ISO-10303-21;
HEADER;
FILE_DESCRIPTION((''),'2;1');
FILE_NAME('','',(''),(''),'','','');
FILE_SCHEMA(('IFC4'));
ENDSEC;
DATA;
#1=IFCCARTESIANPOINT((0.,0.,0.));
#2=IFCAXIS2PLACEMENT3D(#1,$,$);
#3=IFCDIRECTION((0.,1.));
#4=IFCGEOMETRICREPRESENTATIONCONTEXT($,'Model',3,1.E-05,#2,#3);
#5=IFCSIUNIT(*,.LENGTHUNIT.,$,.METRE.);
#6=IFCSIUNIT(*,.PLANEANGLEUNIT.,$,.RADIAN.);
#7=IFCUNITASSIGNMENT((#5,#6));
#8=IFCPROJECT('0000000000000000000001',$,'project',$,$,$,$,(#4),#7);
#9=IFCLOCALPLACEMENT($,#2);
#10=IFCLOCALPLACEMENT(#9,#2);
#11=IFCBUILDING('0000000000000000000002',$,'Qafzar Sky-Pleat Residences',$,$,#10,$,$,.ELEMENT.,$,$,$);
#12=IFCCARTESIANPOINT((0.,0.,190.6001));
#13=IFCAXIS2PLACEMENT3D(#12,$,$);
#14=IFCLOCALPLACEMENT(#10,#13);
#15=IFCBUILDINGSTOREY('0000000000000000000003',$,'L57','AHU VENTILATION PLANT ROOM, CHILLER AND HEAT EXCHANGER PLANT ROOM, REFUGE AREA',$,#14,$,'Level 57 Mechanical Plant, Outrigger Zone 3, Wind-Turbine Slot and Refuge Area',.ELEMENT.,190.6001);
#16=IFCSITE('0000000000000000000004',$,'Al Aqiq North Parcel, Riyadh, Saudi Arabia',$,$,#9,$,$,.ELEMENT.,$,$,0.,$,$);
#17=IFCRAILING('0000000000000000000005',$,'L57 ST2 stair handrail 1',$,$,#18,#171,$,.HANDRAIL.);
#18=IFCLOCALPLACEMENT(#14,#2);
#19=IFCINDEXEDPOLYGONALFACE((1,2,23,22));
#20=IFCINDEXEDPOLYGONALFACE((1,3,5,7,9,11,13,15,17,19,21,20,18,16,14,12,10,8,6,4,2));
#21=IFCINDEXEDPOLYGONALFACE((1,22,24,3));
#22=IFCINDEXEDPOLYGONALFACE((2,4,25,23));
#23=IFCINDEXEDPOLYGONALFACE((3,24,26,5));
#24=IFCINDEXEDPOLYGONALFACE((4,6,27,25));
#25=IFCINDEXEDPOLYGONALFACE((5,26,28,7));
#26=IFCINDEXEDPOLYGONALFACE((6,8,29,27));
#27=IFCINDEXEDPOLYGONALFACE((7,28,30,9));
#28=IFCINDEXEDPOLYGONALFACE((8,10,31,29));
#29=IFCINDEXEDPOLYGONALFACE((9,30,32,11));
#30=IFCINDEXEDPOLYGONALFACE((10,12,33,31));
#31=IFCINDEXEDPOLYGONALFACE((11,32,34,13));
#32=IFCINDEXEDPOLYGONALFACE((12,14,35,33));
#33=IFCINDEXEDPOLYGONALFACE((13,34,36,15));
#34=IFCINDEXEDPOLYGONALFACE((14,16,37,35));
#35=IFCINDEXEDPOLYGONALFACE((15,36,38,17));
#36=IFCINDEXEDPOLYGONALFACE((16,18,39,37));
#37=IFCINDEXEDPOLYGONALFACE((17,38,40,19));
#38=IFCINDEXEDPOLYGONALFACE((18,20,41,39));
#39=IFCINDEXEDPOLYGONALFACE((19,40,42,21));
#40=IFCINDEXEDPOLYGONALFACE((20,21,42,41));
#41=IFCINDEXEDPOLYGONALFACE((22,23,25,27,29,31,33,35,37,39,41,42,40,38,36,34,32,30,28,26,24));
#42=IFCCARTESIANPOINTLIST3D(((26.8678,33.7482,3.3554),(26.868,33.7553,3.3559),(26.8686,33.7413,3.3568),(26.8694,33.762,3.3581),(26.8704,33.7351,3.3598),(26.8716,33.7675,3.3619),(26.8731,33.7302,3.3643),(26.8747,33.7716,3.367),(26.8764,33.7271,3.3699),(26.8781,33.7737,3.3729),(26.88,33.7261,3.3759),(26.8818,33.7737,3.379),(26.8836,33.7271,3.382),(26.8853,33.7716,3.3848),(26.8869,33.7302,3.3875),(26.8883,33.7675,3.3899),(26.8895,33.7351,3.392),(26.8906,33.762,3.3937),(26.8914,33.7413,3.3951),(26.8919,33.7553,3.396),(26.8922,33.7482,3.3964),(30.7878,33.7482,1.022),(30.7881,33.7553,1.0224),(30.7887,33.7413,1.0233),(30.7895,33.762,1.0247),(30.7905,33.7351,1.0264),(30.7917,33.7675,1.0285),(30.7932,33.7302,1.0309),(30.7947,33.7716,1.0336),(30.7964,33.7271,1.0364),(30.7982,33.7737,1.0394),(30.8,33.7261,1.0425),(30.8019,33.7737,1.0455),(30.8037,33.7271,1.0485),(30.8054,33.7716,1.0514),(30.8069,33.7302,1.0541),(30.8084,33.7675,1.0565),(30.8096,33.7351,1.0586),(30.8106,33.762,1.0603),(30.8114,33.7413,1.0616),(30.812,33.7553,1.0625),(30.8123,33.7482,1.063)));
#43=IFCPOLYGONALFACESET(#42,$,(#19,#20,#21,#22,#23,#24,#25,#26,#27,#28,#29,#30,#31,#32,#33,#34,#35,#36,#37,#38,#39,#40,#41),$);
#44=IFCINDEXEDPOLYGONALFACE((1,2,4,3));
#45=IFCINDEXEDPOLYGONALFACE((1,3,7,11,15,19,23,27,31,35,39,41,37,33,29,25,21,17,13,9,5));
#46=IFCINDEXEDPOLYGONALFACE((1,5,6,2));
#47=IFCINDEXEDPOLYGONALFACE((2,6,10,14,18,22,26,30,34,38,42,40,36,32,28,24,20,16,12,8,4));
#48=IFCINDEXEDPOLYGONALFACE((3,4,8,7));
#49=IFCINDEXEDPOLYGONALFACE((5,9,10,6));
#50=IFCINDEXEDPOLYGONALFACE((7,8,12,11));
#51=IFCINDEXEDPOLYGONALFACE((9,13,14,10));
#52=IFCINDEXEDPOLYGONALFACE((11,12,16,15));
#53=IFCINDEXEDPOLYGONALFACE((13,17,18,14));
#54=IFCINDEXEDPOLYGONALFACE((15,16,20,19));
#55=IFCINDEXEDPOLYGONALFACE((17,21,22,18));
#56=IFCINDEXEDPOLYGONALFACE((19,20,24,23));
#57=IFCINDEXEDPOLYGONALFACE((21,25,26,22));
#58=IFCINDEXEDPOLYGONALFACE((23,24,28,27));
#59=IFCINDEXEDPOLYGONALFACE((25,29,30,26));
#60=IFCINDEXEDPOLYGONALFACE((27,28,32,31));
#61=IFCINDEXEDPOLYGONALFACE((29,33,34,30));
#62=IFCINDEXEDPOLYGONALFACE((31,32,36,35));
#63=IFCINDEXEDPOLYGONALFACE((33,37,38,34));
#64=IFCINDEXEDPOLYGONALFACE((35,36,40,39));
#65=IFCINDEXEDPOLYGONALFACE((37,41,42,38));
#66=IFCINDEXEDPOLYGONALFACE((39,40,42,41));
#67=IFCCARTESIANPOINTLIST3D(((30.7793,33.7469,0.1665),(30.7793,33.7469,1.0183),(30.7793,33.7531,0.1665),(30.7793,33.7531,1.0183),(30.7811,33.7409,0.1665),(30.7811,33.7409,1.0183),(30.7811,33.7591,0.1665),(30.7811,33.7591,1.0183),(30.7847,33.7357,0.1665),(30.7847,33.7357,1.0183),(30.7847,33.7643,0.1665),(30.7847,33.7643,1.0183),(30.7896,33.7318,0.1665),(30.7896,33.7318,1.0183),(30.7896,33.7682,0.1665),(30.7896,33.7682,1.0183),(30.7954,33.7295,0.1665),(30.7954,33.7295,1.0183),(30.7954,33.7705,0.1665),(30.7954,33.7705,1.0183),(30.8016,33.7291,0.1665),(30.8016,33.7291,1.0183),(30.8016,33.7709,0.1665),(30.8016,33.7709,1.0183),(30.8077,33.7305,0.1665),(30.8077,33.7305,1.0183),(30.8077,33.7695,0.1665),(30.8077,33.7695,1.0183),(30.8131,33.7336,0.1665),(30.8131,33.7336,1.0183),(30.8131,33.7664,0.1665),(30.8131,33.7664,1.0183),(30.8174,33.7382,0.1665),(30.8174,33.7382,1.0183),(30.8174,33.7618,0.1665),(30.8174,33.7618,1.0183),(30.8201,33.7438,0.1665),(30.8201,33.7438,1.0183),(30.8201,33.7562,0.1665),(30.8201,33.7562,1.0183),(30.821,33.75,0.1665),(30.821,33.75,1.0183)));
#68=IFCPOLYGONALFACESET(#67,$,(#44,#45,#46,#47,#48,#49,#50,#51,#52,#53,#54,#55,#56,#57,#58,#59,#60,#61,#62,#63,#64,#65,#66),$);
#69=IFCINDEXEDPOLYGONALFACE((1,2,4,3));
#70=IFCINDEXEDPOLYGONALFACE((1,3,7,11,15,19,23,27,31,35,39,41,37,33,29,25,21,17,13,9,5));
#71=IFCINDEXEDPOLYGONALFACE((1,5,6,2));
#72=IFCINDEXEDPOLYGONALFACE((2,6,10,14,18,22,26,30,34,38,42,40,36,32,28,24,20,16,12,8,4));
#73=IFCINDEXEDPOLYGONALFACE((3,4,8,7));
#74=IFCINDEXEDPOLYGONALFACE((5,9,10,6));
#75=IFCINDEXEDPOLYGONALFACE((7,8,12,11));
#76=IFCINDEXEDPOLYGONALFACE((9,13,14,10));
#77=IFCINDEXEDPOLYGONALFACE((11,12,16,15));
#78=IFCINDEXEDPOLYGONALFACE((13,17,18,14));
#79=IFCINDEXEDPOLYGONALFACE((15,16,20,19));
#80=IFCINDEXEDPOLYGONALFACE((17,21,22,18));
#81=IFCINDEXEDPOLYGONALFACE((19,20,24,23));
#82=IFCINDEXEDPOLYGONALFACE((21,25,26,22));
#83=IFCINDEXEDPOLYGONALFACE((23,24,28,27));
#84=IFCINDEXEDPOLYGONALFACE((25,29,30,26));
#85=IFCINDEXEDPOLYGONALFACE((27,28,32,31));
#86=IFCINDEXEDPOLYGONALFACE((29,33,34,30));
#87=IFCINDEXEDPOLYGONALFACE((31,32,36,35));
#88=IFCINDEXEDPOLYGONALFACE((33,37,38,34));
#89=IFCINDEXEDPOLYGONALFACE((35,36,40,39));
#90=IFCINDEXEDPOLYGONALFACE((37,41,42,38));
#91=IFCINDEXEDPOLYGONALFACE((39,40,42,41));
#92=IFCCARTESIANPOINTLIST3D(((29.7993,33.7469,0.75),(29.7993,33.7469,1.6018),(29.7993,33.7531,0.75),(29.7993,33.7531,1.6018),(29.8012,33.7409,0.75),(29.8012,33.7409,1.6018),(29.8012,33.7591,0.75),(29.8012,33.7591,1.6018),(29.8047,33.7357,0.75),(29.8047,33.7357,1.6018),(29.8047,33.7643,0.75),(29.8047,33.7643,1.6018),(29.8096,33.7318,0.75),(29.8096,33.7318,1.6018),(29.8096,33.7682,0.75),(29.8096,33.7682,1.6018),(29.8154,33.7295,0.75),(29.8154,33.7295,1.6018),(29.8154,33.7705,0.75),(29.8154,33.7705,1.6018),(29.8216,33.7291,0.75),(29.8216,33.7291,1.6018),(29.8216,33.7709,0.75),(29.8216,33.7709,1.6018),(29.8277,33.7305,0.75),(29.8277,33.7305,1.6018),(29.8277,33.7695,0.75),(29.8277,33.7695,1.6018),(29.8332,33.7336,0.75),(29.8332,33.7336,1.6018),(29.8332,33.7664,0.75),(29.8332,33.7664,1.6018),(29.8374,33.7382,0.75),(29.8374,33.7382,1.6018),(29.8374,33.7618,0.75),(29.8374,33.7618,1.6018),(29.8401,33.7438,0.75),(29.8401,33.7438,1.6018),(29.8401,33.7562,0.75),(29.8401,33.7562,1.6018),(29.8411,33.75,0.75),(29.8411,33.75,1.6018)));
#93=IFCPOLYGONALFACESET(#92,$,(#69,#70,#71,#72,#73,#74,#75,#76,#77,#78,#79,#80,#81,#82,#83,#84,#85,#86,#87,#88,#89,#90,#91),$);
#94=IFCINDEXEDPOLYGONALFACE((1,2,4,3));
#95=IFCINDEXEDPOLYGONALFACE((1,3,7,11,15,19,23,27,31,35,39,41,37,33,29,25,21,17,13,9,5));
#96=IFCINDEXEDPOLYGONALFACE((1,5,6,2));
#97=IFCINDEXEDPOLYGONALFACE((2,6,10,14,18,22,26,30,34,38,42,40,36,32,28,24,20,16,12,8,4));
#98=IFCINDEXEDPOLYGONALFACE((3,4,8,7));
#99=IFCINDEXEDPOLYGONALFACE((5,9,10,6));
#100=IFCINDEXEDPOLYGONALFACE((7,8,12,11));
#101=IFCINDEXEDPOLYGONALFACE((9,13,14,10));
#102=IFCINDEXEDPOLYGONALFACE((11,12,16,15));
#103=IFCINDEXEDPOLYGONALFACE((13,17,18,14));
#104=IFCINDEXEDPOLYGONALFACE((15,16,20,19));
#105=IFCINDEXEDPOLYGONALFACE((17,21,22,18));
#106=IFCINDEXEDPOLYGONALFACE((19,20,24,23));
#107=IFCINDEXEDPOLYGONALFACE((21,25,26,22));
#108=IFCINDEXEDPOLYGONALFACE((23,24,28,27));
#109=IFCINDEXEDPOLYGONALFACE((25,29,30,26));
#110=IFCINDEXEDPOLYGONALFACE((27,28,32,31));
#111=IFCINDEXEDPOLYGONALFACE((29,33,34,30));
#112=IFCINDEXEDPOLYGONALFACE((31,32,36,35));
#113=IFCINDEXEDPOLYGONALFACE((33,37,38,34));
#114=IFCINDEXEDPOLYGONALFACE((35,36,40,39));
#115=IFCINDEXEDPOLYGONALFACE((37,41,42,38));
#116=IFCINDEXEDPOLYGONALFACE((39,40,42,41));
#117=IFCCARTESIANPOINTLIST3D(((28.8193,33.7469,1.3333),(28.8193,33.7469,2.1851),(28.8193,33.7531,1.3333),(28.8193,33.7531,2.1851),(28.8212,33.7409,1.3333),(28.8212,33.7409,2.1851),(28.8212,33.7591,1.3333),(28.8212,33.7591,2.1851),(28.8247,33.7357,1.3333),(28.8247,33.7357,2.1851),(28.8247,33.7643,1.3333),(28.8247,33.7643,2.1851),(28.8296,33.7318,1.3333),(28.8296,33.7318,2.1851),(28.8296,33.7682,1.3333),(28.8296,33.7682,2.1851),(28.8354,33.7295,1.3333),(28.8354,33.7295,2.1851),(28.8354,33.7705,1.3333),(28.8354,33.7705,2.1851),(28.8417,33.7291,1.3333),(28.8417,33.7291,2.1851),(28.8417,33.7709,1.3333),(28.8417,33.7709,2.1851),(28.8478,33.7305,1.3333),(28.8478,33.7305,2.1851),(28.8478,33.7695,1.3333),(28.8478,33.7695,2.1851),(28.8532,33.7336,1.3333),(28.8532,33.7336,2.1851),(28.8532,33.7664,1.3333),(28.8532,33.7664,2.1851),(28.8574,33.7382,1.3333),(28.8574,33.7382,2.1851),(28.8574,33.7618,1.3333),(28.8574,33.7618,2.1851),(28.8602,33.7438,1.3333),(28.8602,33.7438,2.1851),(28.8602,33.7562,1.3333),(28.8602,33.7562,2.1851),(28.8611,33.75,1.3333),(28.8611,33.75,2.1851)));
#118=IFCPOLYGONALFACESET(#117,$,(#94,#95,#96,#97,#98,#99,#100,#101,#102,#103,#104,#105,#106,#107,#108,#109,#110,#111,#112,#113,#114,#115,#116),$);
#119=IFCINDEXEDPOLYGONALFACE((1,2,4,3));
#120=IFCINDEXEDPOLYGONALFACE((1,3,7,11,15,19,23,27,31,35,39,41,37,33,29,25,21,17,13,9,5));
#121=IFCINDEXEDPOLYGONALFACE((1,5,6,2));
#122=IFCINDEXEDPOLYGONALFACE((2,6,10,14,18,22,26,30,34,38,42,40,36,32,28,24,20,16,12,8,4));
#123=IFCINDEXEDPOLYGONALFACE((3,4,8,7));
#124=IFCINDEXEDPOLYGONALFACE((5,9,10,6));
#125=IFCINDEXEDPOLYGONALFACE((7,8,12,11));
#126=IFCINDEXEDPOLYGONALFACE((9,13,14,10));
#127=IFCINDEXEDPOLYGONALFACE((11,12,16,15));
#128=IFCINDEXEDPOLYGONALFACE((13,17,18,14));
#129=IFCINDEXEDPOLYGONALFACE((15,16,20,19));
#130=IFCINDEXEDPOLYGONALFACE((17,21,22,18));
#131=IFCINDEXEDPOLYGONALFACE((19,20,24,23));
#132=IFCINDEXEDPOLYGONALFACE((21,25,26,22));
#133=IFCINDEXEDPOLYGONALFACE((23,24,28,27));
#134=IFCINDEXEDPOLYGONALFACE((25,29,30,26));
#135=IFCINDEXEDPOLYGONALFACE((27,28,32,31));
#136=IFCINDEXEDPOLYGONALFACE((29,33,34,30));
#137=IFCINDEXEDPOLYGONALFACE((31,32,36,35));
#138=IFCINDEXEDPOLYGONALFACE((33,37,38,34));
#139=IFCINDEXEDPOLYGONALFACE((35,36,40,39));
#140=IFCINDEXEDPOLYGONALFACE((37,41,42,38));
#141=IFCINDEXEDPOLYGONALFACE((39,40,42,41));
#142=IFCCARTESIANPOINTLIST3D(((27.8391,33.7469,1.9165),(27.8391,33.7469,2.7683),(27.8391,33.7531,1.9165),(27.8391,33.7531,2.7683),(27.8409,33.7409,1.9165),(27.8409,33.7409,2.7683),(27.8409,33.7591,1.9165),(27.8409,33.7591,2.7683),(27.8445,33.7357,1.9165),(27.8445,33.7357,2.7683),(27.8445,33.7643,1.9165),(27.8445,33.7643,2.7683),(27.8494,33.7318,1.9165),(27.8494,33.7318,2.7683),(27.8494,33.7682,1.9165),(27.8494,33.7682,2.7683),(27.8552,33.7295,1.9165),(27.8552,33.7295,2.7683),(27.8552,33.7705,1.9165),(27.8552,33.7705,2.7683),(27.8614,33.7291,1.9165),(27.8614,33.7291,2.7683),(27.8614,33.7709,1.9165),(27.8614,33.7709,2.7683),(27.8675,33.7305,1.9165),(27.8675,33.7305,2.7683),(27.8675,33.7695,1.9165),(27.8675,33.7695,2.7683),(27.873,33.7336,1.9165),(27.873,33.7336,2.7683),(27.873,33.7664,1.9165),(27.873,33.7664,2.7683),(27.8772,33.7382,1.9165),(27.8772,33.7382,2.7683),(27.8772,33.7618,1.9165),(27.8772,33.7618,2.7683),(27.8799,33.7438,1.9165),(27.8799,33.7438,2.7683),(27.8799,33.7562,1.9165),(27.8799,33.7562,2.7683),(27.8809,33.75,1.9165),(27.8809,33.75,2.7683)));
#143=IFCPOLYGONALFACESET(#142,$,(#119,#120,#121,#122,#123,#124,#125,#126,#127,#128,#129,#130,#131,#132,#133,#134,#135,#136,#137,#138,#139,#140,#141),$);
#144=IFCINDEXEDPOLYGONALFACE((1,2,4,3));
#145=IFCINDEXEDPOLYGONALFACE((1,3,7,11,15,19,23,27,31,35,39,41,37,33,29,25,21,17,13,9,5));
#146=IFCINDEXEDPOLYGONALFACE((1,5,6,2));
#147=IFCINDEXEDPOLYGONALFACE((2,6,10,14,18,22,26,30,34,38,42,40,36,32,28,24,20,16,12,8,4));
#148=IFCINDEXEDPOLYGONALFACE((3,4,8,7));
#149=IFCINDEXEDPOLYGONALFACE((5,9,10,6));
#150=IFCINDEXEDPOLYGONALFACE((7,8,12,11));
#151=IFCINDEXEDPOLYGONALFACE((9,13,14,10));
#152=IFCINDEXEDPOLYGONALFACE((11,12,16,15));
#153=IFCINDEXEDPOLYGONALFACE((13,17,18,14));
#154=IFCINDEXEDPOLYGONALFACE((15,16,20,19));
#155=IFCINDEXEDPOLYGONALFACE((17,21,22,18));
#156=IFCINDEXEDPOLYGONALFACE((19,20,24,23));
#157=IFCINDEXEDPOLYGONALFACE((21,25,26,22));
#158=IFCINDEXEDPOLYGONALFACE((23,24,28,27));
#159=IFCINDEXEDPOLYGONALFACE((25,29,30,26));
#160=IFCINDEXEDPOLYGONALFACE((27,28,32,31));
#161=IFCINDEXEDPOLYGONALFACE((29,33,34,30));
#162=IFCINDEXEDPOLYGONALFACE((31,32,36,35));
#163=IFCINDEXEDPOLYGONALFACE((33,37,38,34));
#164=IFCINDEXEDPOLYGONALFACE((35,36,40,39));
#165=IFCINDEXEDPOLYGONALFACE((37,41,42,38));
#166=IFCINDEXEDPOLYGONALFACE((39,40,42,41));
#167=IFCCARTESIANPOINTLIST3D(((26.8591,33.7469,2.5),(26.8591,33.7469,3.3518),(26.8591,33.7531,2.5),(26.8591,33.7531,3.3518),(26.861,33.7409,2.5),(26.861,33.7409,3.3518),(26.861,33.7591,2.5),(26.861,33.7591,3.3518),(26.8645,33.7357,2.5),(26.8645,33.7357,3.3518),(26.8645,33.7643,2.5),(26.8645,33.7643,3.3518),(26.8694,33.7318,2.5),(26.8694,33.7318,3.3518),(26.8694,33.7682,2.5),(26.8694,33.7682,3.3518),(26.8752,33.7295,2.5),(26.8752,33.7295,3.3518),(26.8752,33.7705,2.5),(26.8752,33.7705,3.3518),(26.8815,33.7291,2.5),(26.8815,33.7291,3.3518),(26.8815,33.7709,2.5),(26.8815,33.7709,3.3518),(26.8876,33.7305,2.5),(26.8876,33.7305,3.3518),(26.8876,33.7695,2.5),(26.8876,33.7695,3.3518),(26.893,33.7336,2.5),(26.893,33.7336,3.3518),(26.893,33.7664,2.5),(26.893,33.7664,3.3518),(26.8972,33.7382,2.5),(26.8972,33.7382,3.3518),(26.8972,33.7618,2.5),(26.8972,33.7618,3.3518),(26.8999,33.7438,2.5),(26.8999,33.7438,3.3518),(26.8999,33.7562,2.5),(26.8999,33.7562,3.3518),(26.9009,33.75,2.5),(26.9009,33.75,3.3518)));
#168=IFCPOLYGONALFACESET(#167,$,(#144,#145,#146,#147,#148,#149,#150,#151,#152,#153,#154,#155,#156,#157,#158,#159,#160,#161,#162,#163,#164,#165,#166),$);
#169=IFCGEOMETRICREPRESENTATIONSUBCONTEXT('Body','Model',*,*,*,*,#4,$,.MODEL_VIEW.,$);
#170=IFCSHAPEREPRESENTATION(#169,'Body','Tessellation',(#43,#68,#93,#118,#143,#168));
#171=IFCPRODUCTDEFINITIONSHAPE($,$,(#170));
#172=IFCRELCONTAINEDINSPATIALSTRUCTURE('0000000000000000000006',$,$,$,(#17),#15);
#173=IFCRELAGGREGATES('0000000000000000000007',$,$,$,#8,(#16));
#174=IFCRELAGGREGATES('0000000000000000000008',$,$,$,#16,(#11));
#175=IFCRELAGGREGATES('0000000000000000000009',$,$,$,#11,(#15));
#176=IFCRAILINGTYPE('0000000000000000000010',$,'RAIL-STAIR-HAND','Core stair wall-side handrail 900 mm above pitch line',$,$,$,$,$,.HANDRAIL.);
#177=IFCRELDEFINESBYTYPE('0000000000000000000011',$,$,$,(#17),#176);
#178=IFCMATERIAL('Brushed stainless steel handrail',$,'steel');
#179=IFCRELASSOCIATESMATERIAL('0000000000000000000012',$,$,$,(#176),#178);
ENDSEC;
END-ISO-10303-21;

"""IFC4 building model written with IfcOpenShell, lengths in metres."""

from ifc_helpers import new_model, si_unit, direction, frame, origin, origin_2d, place, context, subcontext, project, spatial, circle, extrude, source, transform, mapped, material, type_object, element, save


model = new_model("IFC4")

# Units and contexts
model_context = context("Model", 3, precision=1e-05, world=origin(), true_north=direction((0.0, 1.0)))
body_context = subcontext(model_context, "Body", "Model", "MODEL_VIEW")
ifc_project = project(units=[si_unit("LENGTHUNIT", "METRE"), si_unit("PLANEANGLEUNIT", "RADIAN")], contexts=[model_context])

# Site, building, storey
site_placement = place(None, origin())
site = spatial("IfcSite", under=ifc_project, at=site_placement, Name="Al Aqiq North Parcel, Riyadh, Saudi Arabia", CompositionType="ELEMENT", RefElevation=0.0)
building_placement = place(site_placement, origin())
building = spatial("IfcBuilding", under=site, at=building_placement, Name="Qafzar Sky-Pleat Residences", CompositionType="ELEMENT")
storey_placement = place(building_placement, frame((0.0, 0.0, 190.6001)))
storey = spatial("IfcBuildingStorey", under=building, at=storey_placement, Name="L57", Description="AHU VENTILATION PLANT ROOM, CHILLER AND HEAT EXCHANGER PLANT ROOM, REFUGE AREA", LongName="Level 57 Mechanical Plant, Outrigger Zone 3, Wind-Turbine Slot and Refuge Area", CompositionType="ELEMENT", Elevation=190.6001)

# Railing
ifc_material_1 = material(Name="Brushed stainless steel handrail", Category="steel")
railing_type_1 = type_object("IfcRailingType", Name="RAIL-STAIR-HAND", Description="Core stair wall-side handrail 900 mm above pitch line", PredefinedType="HANDRAIL", material=ifc_material_1)
shared_shape_1 = source(origin(), body_context, "Body", "SweptSolid", [
    extrude(circle(Radius=0.0239, at=origin_2d()), frame((0.0, 0.0, 0.876), z_axis=(-0.859287, 0.0, 0.511494), x_axis=(0.0, -1.0, 0.0)), (0.0, 0.0, 1.0), 4.562),
    extrude(circle(Radius=0.021, at=origin_2d()), origin(), (0.0, 0.0, 1.0), 0.8518),
    extrude(circle(Radius=0.021, at=origin_2d()), frame((-0.98, 0.0, 0.5835)), (0.0, 0.0, 1.0), 0.8518),
    extrude(circle(Radius=0.021, at=origin_2d()), frame((-1.96, 0.0, 1.1667)), (0.0, 0.0, 1.0), 0.8518),
    extrude(circle(Radius=0.021, at=origin_2d()), frame((-2.9402, 0.0, 1.75)), (0.0, 0.0, 1.0), 0.8518),
    extrude(circle(Radius=0.021, at=origin_2d()), frame((-3.9202, 0.0, 2.3335)), (0.0, 0.0, 1.0), 0.8518),
])
railing_1_placement = place(storey_placement, frame((30.8, 33.75, 0.1665)))
element("IfcRailing", 1, at=railing_1_placement, inside=storey, type_object=railing_type_1, Name="L57 ST2 stair handrail 1", PredefinedType="HANDRAIL", context=body_context, shape_type="MappedRepresentation", body=[
    mapped(shared_shape_1, transform((0.0, 0.0, 0.0), x_axis=(1.0, 0.0, 0.0), y_axis=(0.0, 1.0, 0.0), z_axis=(0.0, 0.0, 1.0), scale=1.0)),
])

save(model, "model.ifc")
